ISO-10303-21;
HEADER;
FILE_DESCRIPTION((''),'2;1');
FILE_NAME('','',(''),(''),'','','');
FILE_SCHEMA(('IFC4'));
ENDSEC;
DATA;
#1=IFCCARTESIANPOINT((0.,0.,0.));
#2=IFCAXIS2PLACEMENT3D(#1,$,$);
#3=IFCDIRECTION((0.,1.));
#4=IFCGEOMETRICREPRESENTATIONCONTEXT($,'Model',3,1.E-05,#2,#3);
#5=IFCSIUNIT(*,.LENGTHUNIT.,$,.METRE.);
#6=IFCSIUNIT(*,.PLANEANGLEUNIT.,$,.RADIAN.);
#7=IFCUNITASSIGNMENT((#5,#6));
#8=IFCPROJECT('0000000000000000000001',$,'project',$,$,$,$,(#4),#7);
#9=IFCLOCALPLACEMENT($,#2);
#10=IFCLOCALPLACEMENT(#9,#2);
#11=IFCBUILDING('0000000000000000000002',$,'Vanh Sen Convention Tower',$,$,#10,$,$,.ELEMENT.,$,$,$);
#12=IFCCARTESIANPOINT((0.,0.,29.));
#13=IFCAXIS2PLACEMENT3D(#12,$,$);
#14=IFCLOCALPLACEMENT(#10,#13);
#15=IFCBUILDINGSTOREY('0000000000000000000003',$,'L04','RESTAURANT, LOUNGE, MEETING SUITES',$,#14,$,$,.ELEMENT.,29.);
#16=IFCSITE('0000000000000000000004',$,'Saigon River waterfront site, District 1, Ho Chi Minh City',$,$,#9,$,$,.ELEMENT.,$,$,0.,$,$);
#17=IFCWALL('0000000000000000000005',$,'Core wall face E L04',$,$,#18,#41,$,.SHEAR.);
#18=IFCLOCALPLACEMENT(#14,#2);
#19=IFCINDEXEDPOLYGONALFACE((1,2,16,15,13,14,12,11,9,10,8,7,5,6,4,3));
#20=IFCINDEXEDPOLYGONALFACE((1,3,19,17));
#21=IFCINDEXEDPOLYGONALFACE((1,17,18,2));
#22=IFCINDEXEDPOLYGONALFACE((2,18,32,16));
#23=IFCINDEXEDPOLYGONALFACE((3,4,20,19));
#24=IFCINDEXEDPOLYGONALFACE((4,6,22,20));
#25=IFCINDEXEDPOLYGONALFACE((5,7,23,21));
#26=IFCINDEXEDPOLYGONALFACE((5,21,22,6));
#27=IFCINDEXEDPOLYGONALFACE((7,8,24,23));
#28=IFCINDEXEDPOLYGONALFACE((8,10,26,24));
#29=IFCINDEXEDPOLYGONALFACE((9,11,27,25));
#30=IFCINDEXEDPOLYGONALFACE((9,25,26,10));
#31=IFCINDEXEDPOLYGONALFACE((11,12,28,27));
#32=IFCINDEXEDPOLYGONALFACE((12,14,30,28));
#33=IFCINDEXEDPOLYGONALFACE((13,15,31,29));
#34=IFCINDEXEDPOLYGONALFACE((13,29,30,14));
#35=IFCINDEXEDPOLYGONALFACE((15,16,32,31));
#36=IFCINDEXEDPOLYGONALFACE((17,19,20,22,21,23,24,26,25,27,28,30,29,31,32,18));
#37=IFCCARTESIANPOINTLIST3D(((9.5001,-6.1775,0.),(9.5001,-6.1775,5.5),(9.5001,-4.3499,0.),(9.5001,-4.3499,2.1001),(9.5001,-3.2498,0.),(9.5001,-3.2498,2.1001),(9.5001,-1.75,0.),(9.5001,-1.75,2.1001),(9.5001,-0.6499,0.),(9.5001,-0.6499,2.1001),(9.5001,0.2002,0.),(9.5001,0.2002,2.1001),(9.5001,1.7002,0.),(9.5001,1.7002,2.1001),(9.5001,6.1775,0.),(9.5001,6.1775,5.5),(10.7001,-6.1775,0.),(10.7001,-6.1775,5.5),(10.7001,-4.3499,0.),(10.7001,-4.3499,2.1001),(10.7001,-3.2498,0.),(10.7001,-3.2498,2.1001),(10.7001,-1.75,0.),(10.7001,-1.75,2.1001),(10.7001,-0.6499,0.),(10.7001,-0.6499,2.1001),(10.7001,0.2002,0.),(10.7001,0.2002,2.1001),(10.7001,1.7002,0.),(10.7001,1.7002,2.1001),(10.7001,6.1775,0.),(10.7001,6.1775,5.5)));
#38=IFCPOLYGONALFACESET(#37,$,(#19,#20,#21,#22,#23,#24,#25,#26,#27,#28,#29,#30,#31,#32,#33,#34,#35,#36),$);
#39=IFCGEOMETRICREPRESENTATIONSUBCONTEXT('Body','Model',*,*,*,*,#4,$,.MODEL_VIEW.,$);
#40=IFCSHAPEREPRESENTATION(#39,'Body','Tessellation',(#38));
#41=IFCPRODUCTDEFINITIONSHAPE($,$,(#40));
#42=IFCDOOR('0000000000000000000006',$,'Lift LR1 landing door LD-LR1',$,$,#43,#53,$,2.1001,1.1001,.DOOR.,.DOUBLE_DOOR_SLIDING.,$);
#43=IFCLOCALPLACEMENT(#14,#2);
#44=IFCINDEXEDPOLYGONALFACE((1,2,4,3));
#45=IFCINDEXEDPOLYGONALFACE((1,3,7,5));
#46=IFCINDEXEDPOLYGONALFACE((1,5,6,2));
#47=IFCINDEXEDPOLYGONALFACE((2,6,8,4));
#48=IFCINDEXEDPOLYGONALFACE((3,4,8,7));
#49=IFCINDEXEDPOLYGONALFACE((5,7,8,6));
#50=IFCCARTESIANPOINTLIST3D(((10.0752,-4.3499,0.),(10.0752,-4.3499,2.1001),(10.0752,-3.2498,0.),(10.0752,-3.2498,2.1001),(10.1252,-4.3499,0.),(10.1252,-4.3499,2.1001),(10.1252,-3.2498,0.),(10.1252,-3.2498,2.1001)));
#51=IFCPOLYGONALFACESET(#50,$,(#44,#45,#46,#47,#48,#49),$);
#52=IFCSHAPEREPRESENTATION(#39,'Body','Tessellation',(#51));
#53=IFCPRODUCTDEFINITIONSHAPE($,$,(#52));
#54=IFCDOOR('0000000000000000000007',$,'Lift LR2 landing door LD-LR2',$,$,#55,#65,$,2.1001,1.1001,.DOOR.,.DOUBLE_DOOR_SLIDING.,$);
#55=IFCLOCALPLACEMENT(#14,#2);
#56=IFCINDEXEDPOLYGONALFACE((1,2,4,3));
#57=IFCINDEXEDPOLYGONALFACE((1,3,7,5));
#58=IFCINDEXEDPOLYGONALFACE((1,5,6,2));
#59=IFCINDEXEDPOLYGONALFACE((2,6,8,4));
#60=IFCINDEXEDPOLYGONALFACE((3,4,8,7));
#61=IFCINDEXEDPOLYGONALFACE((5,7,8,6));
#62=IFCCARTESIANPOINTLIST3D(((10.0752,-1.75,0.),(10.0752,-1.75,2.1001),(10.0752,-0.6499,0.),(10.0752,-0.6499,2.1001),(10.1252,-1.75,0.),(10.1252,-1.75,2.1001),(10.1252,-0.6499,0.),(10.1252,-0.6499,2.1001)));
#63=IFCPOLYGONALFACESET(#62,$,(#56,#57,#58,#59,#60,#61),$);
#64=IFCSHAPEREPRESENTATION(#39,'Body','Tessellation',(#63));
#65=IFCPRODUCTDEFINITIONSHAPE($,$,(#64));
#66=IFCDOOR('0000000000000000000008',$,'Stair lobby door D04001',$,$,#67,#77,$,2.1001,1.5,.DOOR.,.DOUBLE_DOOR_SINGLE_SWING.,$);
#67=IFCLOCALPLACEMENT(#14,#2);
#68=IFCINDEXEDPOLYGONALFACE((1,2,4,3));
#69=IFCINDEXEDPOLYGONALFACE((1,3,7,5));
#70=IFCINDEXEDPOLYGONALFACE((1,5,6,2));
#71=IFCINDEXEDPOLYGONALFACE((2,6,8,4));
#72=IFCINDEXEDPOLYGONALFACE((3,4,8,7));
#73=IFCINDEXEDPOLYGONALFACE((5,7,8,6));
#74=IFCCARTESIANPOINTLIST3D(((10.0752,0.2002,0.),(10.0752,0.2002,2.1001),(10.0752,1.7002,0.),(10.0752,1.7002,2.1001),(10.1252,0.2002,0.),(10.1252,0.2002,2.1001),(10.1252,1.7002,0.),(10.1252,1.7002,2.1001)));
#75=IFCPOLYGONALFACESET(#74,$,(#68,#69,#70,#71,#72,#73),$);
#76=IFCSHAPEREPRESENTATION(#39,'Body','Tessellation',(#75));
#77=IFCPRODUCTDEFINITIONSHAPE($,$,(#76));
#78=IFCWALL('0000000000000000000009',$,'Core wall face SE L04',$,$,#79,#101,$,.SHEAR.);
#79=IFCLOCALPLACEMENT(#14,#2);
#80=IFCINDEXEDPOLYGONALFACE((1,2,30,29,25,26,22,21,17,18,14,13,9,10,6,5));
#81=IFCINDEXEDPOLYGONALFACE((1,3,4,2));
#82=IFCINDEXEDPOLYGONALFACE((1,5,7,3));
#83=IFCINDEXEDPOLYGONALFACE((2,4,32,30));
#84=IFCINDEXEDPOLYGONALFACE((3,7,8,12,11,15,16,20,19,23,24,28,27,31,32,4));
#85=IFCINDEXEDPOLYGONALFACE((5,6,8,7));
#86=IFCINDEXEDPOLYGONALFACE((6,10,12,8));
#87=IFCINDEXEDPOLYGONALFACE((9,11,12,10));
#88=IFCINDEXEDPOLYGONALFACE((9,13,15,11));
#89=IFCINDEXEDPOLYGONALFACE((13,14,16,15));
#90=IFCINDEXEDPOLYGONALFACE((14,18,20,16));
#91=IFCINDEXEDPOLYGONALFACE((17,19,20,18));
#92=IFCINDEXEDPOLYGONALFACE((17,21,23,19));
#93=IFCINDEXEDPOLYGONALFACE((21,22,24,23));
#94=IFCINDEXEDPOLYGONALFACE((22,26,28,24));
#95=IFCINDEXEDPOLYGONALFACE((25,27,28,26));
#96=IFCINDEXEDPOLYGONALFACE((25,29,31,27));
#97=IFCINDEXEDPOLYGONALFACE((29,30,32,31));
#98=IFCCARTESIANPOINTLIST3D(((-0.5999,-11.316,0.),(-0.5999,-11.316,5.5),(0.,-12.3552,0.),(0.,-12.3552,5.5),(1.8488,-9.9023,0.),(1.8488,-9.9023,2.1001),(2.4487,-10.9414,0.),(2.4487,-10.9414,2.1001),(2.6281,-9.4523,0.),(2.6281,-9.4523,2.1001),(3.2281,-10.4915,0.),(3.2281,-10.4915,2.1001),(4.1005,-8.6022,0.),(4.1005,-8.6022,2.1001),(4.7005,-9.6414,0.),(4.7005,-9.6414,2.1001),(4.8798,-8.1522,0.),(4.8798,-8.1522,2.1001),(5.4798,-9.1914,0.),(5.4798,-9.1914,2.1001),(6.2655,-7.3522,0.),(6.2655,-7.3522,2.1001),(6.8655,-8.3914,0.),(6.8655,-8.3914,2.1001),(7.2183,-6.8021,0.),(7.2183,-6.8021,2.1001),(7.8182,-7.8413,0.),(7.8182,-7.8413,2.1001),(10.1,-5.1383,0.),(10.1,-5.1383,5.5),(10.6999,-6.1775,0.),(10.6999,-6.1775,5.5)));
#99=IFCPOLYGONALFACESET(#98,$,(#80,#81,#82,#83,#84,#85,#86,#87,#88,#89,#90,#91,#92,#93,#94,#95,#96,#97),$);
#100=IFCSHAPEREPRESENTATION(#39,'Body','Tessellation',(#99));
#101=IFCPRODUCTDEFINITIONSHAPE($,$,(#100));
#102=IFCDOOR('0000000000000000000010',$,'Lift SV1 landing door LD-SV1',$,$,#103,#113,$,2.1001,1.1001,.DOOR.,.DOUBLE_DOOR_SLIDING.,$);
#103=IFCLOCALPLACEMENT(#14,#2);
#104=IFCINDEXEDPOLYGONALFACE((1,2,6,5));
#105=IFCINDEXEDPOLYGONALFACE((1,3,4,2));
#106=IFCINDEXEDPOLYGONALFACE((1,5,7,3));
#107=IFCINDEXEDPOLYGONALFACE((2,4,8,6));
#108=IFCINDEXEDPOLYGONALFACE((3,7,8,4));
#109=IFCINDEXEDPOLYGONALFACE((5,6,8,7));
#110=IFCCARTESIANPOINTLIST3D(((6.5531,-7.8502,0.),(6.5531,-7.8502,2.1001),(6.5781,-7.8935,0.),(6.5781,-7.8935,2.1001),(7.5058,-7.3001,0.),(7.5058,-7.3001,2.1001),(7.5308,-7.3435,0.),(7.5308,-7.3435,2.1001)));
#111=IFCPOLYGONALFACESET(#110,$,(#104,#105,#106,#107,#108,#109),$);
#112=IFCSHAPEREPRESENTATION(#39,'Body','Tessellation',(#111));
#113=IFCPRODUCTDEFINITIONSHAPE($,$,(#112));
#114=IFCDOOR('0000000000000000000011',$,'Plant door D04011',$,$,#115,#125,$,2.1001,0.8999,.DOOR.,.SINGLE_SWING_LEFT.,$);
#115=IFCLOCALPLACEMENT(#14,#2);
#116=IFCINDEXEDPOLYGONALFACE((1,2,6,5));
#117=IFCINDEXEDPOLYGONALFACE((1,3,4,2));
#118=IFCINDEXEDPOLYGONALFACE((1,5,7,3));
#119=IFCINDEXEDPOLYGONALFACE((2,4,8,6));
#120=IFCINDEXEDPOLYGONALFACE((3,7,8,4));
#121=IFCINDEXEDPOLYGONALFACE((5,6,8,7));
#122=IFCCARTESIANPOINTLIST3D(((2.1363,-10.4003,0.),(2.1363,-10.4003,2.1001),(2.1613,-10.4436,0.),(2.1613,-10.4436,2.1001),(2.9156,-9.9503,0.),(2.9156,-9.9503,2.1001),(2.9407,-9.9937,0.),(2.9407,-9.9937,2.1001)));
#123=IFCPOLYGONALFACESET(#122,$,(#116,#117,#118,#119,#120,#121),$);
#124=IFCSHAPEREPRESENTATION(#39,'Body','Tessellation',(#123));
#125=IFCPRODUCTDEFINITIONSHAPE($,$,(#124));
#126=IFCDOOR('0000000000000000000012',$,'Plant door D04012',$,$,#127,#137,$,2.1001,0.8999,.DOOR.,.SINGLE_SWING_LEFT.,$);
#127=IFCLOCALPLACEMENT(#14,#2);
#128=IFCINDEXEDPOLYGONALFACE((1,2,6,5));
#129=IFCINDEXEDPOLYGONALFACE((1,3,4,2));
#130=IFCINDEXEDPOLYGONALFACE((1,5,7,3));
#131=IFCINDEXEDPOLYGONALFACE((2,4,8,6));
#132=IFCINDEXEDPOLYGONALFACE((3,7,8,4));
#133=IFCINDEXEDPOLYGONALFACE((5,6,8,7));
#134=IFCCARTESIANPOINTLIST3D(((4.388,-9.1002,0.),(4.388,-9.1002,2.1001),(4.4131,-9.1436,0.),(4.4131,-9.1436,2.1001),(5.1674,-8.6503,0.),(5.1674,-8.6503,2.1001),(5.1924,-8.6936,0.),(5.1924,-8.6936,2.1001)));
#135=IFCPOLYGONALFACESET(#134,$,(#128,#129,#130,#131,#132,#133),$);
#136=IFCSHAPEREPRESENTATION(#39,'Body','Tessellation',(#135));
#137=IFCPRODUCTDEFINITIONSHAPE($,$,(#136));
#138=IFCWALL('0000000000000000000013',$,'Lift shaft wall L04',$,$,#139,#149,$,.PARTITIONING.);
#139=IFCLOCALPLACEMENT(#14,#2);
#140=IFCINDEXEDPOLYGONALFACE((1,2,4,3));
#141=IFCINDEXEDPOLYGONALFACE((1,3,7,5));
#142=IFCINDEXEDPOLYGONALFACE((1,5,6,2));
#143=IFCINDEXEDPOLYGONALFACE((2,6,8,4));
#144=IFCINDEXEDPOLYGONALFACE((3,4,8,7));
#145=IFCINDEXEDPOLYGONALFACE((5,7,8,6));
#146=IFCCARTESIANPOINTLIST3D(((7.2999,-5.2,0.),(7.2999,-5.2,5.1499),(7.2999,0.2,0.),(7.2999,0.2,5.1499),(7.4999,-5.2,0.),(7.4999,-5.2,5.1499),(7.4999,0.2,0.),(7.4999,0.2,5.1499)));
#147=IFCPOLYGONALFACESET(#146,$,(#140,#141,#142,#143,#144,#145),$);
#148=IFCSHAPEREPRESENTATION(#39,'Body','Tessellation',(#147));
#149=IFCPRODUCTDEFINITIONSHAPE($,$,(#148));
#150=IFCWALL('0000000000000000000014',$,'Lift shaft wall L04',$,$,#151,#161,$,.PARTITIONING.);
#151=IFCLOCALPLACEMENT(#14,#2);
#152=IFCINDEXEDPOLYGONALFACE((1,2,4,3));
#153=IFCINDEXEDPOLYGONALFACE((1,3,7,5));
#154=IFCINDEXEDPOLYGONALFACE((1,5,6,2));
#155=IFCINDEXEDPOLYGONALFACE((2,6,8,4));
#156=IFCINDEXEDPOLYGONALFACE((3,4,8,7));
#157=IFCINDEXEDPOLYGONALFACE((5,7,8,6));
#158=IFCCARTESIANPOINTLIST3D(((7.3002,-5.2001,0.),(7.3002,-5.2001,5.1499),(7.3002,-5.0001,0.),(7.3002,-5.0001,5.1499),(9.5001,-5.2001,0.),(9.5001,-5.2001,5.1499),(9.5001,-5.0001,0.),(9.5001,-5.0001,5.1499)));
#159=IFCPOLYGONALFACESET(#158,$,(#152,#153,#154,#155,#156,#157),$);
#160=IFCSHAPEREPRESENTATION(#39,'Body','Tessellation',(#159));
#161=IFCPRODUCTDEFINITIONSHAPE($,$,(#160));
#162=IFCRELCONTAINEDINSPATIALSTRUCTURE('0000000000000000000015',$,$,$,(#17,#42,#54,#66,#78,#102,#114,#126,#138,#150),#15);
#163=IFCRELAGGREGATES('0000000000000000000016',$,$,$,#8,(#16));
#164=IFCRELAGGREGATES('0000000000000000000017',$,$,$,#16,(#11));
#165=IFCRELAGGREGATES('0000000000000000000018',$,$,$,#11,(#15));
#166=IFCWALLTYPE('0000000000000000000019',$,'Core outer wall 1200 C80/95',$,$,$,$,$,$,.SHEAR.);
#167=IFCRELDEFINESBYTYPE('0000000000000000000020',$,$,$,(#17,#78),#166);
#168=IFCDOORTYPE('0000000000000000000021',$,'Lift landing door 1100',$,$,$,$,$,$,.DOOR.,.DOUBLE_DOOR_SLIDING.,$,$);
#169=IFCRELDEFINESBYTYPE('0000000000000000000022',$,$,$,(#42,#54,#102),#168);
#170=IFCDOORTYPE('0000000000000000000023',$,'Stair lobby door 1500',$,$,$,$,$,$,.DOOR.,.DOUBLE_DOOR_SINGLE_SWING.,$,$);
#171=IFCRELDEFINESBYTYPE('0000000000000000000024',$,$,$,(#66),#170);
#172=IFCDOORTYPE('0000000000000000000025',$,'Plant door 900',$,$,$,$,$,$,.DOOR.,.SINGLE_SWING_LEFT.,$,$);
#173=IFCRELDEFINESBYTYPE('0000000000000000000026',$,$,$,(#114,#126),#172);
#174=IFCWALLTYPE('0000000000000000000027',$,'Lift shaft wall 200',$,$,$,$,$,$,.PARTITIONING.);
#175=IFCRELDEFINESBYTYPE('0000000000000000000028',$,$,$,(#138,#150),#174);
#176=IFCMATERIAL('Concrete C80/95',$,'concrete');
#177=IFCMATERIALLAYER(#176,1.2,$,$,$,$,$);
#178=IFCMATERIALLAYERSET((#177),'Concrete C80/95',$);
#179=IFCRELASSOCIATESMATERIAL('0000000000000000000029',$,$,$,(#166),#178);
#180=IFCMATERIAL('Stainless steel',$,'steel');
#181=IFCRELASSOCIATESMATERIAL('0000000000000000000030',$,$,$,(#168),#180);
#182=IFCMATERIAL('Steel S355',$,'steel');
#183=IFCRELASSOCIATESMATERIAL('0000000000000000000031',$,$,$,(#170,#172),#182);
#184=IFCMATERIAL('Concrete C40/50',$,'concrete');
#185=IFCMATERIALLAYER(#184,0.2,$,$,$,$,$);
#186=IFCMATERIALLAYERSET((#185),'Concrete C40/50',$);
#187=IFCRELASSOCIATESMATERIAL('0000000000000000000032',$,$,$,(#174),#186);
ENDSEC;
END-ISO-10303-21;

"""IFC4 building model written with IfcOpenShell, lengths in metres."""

from ifc_helpers import new_model, si_unit, direction, frame, frame_2d, origin, place, context, subcontext, project, spatial, rectangle, extrude, material, layer, layer_set, type_object, element, fill, save


model = new_model("IFC4")

# Units and contexts
model_context = context("Model", 3, precision=1e-05, world=origin(), true_north=direction((0.0, 1.0)))
body_context = subcontext(model_context, "Body", "Model", "MODEL_VIEW")
ifc_project = project(units=[si_unit("LENGTHUNIT", "METRE"), si_unit("PLANEANGLEUNIT", "RADIAN")], contexts=[model_context])

# Site, building, storey
site_placement = place(None, origin())
site = spatial("IfcSite", under=ifc_project, at=site_placement, Name="Saigon River waterfront site, District 1, Ho Chi Minh City", CompositionType="ELEMENT", RefElevation=0.0)
building_placement = place(site_placement, origin())
building = spatial("IfcBuilding", under=site, at=building_placement, Name="Vanh Sen Convention Tower", CompositionType="ELEMENT")
storey_placement = place(building_placement, frame((0.0, 0.0, 29.0)))
storey = spatial("IfcBuildingStorey", under=building, at=storey_placement, Name="L04", Description="RESTAURANT, LOUNGE, MEETING SUITES", CompositionType="ELEMENT", Elevation=29.0)

# Walls, openings, doors
ifc_material_1 = material(Name="Concrete C80/95", Category="concrete")
ifc_layer_1 = layer(ifc_material_1, 1.2)
ifc_layer_set_1 = layer_set([ifc_layer_1], Name="Concrete C80/95")
wall_type_1 = type_object("IfcWallType", Name="Core outer wall 1200 C80/95", PredefinedType="SHEAR", material=ifc_layer_set_1)
wall_1_placement = place(storey_placement, frame((10.1001, -6.1775, 0.0), z_axis=(0.0, 0.0, 1.0), x_axis=(0.0, 1.0, 0.0)))
wall_1 = element("IfcWall", 1, at=wall_1_placement, inside=storey, type_object=wall_type_1, Name="Core wall face E L04", PredefinedType="SHEAR", context=body_context, shape_type="SweptSolid", body=[
    extrude(rectangle(XDim=12.355, YDim=1.2, at=frame_2d((6.1775, 0.0))), origin(), (0.0, 0.0, 1.0), 5.5),
])
opening_1_placement = place(wall_1_placement, frame((6.3777, 0.0, 0.0)))
opening_1 = element("IfcOpeningElement", 2, at=opening_1_placement, cuts=wall_1, PredefinedType="OPENING", context=body_context, shape_type="SweptSolid", body=[
    extrude(rectangle(XDim=1.5, YDim=2.1001, at=frame_2d((0.75, 1.05))), frame((0.0, 0.6099, 0.0), z_axis=(0.0, -1.0, 0.0), x_axis=(1.0, 0.0, 0.0)), (0.0, 0.0, 1.0), 1.22),
])
opening_2_placement = place(wall_1_placement, frame((1.8276, 0.0, 0.0)))
opening_2 = element("IfcOpeningElement", 3, at=opening_2_placement, cuts=wall_1, PredefinedType="OPENING", context=body_context, shape_type="SweptSolid", body=[
    extrude(rectangle(XDim=1.1001, YDim=2.1001, at=frame_2d((0.55, 1.05))), frame((0.0, 0.6099, 0.0), z_axis=(0.0, -1.0, 0.0), x_axis=(1.0, 0.0, 0.0)), (0.0, 0.0, 1.0), 1.22),
])
opening_3_placement = place(wall_1_placement, frame((4.4275, 0.0, 0.0)))
opening_3 = element("IfcOpeningElement", 4, at=opening_3_placement, cuts=wall_1, PredefinedType="OPENING", context=body_context, shape_type="SweptSolid", body=[
    extrude(rectangle(XDim=1.1001, YDim=2.1001, at=frame_2d((0.55, 1.05))), frame((0.0, 0.6099, 0.0), z_axis=(0.0, -1.0, 0.0), x_axis=(1.0, 0.0, 0.0)), (0.0, 0.0, 1.0), 1.22),
])
ifc_material_2 = material(Name="Stainless steel", Category="steel")
door_type_1 = type_object("IfcDoorType", Name="Lift landing door 1100", OperationType="DOUBLE_DOOR_SLIDING", PredefinedType="DOOR", material=ifc_material_2)
door_1_placement = place(opening_2_placement, origin())
door_1 = element("IfcDoor", 5, at=door_1_placement, inside=storey, type_object=door_type_1, Name="Lift LR1 landing door LD-LR1", OperationType="DOUBLE_DOOR_SLIDING", OverallHeight=2.1001, OverallWidth=1.1001, PredefinedType="DOOR", context=body_context, shape_type="SweptSolid", body=[
    extrude(rectangle(XDim=1.1001, YDim=2.1001, at=frame_2d((0.55, 1.05))), frame((0.0, 0.0249, 0.0), z_axis=(0.0, -1.0, 0.0), x_axis=(1.0, 0.0, 0.0)), (0.0, 0.0, 1.0), 0.05),
])
fill(opening_2, door_1)
door_2_placement = place(opening_3_placement, origin())
door_2 = element("IfcDoor", 6, at=door_2_placement, inside=storey, type_object=door_type_1, Name="Lift LR2 landing door LD-LR2", OperationType="DOUBLE_DOOR_SLIDING", OverallHeight=2.1001, OverallWidth=1.1001, PredefinedType="DOOR", context=body_context, shape_type="SweptSolid", body=[
    extrude(rectangle(XDim=1.1001, YDim=2.1001, at=frame_2d((0.55, 1.05))), frame((0.0, 0.0249, 0.0), z_axis=(0.0, -1.0, 0.0), x_axis=(1.0, 0.0, 0.0)), (0.0, 0.0, 1.0), 0.05),
])
fill(opening_3, door_2)
ifc_material_3 = material(Name="Steel S355", Category="steel")
door_type_2 = type_object("IfcDoorType", Name="Stair lobby door 1500", OperationType="DOUBLE_DOOR_SINGLE_SWING", PredefinedType="DOOR", material=ifc_material_3)
door_3_placement = place(opening_1_placement, origin())
door_3 = element("IfcDoor", 7, at=door_3_placement, inside=storey, type_object=door_type_2, Name="Stair lobby door D04001", OperationType="DOUBLE_DOOR_SINGLE_SWING", OverallHeight=2.1001, OverallWidth=1.5, PredefinedType="DOOR", context=body_context, shape_type="SweptSolid", body=[
    extrude(rectangle(XDim=1.5, YDim=2.1001, at=frame_2d((0.75, 1.05))), frame((0.0, 0.0249, 0.0), z_axis=(0.0, -1.0, 0.0), x_axis=(1.0, 0.0, 0.0)), (0.0, 0.0, 1.0), 0.05),
])
fill(opening_1, door_3)
wall_2_placement = place(storey_placement, frame((-0.3, -11.8357, 0.0), z_axis=(0.0, 0.0, 1.0), x_axis=(0.866021, 0.500007, 0.0)))
wall_2 = element("IfcWall", 8, at=wall_2_placement, inside=storey, type_object=wall_type_1, Name="Core wall face SE L04", PredefinedType="SHEAR", context=body_context, shape_type="SweptSolid", body=[
    extrude(rectangle(XDim=12.3552, YDim=1.2, at=frame_2d((6.1777, 0.0))), origin(), (0.0, 0.0, 1.0), 5.5),
])
opening_4_placement = place(wall_2_placement, frame((2.8276, 0.0, 0.0)))
opening_4 = element("IfcOpeningElement", 9, at=opening_4_placement, cuts=wall_2, PredefinedType="OPENING", context=body_context, shape_type="SweptSolid", body=[
    extrude(rectangle(XDim=0.8999, YDim=2.1001, at=frame_2d((0.45, 1.05))), frame((0.0, 0.6099, 0.0), z_axis=(0.0, -1.0, 0.0), x_axis=(1.0, 0.0, 0.0)), (0.0, 0.0, 1.0), 1.22),
])
opening_5_placement = place(wall_2_placement, frame((5.4277, 0.0, 0.0)))
opening_5 = element("IfcOpeningElement", 10, at=opening_5_placement, cuts=wall_2, PredefinedType="OPENING", context=body_context, shape_type="SweptSolid", body=[
    extrude(rectangle(XDim=0.8999, YDim=2.1001, at=frame_2d((0.45, 1.05))), frame((0.0, 0.6099, 0.0), z_axis=(0.0, -1.0, 0.0), x_axis=(1.0, 0.0, 0.0)), (0.0, 0.0, 1.0), 1.22),
])
opening_6_placement = place(wall_2_placement, frame((7.9277, 0.0, 0.0)))
opening_6 = element("IfcOpeningElement", 11, at=opening_6_placement, cuts=wall_2, PredefinedType="OPENING", context=body_context, shape_type="SweptSolid", body=[
    extrude(rectangle(XDim=1.1001, YDim=2.1001, at=frame_2d((0.55, 1.05))), frame((0.0, 0.6099, 0.0), z_axis=(0.0, -1.0, 0.0), x_axis=(1.0, 0.0, 0.0)), (0.0, 0.0, 1.0), 1.22),
])
door_4_placement = place(opening_6_placement, origin())
door_4 = element("IfcDoor", 12, at=door_4_placement, inside=storey, type_object=door_type_1, Name="Lift SV1 landing door LD-SV1", OperationType="DOUBLE_DOOR_SLIDING", OverallHeight=2.1001, OverallWidth=1.1001, PredefinedType="DOOR", context=body_context, shape_type="SweptSolid", body=[
    extrude(rectangle(XDim=1.1001, YDim=2.1001, at=frame_2d((0.55, 1.05))), frame((0.0, 0.0249, 0.0), z_axis=(0.0, -1.0, 0.0), x_axis=(1.0, 0.0, 0.0)), (0.0, 0.0, 1.0), 0.05),
])
fill(opening_6, door_4)
door_type_3 = type_object("IfcDoorType", Name="Plant door 900", OperationType="SINGLE_SWING_LEFT", PredefinedType="DOOR", material=ifc_material_3)
door_5_placement = place(opening_4_placement, origin())
door_5 = element("IfcDoor", 13, at=door_5_placement, inside=storey, type_object=door_type_3, Name="Plant door D04011", OperationType="SINGLE_SWING_LEFT", OverallHeight=2.1001, OverallWidth=0.8999, PredefinedType="DOOR", context=body_context, shape_type="SweptSolid", body=[
    extrude(rectangle(XDim=0.8999, YDim=2.1001, at=frame_2d((0.45, 1.05))), frame((0.0, 0.0249, 0.0), z_axis=(0.0, -1.0, 0.0), x_axis=(1.0, 0.0, 0.0)), (0.0, 0.0, 1.0), 0.05),
])
fill(opening_4, door_5)
door_6_placement = place(opening_5_placement, origin())
door_6 = element("IfcDoor", 14, at=door_6_placement, inside=storey, type_object=door_type_3, Name="Plant door D04012", OperationType="SINGLE_SWING_LEFT", OverallHeight=2.1001, OverallWidth=0.8999, PredefinedType="DOOR", context=body_context, shape_type="SweptSolid", body=[
    extrude(rectangle(XDim=0.8999, YDim=2.1001, at=frame_2d((0.45, 1.05))), frame((0.0, 0.0249, 0.0), z_axis=(0.0, -1.0, 0.0), x_axis=(1.0, 0.0, 0.0)), (0.0, 0.0, 1.0), 0.05),
])
fill(opening_5, door_6)

# Walls
ifc_material_4 = material(Name="Concrete C40/50", Category="concrete")
ifc_layer_2 = layer(ifc_material_4, 0.2)
ifc_layer_set_2 = layer_set([ifc_layer_2], Name="Concrete C40/50")
wall_type_2 = type_object("IfcWallType", Name="Lift shaft wall 200", PredefinedType="PARTITIONING", material=ifc_layer_set_2)
wall_3_placement = place(storey_placement, frame((7.3999, -5.2, 0.0), z_axis=(0.0, 0.0, 1.0), x_axis=(0.0, 1.0, 0.0)))
element("IfcWall", 15, at=wall_3_placement, inside=storey, type_object=wall_type_2, Name="Lift shaft wall L04", PredefinedType="PARTITIONING", context=body_context, shape_type="SweptSolid", body=[
    extrude(rectangle(XDim=5.3999, YDim=0.2, at=frame_2d((2.7, 0.0))), origin(), (0.0, 0.0, 1.0), 5.1499),
])
wall_4_placement = place(storey_placement, frame((7.3, -5.1001, 0.0), z_axis=(0.0, 0.0, 1.0), x_axis=(1.0, 0.0, 0.0)))
element("IfcWall", 16, at=wall_4_placement, inside=storey, type_object=wall_type_2, Name="Lift shaft wall L04", PredefinedType="PARTITIONING", context=body_context, shape_type="SweptSolid", body=[
    extrude(rectangle(XDim=2.2, YDim=0.2, at=frame_2d((1.1001, 0.0))), origin(), (0.0, 0.0, 1.0), 5.1499),
])

save(model, "model.ifc")
